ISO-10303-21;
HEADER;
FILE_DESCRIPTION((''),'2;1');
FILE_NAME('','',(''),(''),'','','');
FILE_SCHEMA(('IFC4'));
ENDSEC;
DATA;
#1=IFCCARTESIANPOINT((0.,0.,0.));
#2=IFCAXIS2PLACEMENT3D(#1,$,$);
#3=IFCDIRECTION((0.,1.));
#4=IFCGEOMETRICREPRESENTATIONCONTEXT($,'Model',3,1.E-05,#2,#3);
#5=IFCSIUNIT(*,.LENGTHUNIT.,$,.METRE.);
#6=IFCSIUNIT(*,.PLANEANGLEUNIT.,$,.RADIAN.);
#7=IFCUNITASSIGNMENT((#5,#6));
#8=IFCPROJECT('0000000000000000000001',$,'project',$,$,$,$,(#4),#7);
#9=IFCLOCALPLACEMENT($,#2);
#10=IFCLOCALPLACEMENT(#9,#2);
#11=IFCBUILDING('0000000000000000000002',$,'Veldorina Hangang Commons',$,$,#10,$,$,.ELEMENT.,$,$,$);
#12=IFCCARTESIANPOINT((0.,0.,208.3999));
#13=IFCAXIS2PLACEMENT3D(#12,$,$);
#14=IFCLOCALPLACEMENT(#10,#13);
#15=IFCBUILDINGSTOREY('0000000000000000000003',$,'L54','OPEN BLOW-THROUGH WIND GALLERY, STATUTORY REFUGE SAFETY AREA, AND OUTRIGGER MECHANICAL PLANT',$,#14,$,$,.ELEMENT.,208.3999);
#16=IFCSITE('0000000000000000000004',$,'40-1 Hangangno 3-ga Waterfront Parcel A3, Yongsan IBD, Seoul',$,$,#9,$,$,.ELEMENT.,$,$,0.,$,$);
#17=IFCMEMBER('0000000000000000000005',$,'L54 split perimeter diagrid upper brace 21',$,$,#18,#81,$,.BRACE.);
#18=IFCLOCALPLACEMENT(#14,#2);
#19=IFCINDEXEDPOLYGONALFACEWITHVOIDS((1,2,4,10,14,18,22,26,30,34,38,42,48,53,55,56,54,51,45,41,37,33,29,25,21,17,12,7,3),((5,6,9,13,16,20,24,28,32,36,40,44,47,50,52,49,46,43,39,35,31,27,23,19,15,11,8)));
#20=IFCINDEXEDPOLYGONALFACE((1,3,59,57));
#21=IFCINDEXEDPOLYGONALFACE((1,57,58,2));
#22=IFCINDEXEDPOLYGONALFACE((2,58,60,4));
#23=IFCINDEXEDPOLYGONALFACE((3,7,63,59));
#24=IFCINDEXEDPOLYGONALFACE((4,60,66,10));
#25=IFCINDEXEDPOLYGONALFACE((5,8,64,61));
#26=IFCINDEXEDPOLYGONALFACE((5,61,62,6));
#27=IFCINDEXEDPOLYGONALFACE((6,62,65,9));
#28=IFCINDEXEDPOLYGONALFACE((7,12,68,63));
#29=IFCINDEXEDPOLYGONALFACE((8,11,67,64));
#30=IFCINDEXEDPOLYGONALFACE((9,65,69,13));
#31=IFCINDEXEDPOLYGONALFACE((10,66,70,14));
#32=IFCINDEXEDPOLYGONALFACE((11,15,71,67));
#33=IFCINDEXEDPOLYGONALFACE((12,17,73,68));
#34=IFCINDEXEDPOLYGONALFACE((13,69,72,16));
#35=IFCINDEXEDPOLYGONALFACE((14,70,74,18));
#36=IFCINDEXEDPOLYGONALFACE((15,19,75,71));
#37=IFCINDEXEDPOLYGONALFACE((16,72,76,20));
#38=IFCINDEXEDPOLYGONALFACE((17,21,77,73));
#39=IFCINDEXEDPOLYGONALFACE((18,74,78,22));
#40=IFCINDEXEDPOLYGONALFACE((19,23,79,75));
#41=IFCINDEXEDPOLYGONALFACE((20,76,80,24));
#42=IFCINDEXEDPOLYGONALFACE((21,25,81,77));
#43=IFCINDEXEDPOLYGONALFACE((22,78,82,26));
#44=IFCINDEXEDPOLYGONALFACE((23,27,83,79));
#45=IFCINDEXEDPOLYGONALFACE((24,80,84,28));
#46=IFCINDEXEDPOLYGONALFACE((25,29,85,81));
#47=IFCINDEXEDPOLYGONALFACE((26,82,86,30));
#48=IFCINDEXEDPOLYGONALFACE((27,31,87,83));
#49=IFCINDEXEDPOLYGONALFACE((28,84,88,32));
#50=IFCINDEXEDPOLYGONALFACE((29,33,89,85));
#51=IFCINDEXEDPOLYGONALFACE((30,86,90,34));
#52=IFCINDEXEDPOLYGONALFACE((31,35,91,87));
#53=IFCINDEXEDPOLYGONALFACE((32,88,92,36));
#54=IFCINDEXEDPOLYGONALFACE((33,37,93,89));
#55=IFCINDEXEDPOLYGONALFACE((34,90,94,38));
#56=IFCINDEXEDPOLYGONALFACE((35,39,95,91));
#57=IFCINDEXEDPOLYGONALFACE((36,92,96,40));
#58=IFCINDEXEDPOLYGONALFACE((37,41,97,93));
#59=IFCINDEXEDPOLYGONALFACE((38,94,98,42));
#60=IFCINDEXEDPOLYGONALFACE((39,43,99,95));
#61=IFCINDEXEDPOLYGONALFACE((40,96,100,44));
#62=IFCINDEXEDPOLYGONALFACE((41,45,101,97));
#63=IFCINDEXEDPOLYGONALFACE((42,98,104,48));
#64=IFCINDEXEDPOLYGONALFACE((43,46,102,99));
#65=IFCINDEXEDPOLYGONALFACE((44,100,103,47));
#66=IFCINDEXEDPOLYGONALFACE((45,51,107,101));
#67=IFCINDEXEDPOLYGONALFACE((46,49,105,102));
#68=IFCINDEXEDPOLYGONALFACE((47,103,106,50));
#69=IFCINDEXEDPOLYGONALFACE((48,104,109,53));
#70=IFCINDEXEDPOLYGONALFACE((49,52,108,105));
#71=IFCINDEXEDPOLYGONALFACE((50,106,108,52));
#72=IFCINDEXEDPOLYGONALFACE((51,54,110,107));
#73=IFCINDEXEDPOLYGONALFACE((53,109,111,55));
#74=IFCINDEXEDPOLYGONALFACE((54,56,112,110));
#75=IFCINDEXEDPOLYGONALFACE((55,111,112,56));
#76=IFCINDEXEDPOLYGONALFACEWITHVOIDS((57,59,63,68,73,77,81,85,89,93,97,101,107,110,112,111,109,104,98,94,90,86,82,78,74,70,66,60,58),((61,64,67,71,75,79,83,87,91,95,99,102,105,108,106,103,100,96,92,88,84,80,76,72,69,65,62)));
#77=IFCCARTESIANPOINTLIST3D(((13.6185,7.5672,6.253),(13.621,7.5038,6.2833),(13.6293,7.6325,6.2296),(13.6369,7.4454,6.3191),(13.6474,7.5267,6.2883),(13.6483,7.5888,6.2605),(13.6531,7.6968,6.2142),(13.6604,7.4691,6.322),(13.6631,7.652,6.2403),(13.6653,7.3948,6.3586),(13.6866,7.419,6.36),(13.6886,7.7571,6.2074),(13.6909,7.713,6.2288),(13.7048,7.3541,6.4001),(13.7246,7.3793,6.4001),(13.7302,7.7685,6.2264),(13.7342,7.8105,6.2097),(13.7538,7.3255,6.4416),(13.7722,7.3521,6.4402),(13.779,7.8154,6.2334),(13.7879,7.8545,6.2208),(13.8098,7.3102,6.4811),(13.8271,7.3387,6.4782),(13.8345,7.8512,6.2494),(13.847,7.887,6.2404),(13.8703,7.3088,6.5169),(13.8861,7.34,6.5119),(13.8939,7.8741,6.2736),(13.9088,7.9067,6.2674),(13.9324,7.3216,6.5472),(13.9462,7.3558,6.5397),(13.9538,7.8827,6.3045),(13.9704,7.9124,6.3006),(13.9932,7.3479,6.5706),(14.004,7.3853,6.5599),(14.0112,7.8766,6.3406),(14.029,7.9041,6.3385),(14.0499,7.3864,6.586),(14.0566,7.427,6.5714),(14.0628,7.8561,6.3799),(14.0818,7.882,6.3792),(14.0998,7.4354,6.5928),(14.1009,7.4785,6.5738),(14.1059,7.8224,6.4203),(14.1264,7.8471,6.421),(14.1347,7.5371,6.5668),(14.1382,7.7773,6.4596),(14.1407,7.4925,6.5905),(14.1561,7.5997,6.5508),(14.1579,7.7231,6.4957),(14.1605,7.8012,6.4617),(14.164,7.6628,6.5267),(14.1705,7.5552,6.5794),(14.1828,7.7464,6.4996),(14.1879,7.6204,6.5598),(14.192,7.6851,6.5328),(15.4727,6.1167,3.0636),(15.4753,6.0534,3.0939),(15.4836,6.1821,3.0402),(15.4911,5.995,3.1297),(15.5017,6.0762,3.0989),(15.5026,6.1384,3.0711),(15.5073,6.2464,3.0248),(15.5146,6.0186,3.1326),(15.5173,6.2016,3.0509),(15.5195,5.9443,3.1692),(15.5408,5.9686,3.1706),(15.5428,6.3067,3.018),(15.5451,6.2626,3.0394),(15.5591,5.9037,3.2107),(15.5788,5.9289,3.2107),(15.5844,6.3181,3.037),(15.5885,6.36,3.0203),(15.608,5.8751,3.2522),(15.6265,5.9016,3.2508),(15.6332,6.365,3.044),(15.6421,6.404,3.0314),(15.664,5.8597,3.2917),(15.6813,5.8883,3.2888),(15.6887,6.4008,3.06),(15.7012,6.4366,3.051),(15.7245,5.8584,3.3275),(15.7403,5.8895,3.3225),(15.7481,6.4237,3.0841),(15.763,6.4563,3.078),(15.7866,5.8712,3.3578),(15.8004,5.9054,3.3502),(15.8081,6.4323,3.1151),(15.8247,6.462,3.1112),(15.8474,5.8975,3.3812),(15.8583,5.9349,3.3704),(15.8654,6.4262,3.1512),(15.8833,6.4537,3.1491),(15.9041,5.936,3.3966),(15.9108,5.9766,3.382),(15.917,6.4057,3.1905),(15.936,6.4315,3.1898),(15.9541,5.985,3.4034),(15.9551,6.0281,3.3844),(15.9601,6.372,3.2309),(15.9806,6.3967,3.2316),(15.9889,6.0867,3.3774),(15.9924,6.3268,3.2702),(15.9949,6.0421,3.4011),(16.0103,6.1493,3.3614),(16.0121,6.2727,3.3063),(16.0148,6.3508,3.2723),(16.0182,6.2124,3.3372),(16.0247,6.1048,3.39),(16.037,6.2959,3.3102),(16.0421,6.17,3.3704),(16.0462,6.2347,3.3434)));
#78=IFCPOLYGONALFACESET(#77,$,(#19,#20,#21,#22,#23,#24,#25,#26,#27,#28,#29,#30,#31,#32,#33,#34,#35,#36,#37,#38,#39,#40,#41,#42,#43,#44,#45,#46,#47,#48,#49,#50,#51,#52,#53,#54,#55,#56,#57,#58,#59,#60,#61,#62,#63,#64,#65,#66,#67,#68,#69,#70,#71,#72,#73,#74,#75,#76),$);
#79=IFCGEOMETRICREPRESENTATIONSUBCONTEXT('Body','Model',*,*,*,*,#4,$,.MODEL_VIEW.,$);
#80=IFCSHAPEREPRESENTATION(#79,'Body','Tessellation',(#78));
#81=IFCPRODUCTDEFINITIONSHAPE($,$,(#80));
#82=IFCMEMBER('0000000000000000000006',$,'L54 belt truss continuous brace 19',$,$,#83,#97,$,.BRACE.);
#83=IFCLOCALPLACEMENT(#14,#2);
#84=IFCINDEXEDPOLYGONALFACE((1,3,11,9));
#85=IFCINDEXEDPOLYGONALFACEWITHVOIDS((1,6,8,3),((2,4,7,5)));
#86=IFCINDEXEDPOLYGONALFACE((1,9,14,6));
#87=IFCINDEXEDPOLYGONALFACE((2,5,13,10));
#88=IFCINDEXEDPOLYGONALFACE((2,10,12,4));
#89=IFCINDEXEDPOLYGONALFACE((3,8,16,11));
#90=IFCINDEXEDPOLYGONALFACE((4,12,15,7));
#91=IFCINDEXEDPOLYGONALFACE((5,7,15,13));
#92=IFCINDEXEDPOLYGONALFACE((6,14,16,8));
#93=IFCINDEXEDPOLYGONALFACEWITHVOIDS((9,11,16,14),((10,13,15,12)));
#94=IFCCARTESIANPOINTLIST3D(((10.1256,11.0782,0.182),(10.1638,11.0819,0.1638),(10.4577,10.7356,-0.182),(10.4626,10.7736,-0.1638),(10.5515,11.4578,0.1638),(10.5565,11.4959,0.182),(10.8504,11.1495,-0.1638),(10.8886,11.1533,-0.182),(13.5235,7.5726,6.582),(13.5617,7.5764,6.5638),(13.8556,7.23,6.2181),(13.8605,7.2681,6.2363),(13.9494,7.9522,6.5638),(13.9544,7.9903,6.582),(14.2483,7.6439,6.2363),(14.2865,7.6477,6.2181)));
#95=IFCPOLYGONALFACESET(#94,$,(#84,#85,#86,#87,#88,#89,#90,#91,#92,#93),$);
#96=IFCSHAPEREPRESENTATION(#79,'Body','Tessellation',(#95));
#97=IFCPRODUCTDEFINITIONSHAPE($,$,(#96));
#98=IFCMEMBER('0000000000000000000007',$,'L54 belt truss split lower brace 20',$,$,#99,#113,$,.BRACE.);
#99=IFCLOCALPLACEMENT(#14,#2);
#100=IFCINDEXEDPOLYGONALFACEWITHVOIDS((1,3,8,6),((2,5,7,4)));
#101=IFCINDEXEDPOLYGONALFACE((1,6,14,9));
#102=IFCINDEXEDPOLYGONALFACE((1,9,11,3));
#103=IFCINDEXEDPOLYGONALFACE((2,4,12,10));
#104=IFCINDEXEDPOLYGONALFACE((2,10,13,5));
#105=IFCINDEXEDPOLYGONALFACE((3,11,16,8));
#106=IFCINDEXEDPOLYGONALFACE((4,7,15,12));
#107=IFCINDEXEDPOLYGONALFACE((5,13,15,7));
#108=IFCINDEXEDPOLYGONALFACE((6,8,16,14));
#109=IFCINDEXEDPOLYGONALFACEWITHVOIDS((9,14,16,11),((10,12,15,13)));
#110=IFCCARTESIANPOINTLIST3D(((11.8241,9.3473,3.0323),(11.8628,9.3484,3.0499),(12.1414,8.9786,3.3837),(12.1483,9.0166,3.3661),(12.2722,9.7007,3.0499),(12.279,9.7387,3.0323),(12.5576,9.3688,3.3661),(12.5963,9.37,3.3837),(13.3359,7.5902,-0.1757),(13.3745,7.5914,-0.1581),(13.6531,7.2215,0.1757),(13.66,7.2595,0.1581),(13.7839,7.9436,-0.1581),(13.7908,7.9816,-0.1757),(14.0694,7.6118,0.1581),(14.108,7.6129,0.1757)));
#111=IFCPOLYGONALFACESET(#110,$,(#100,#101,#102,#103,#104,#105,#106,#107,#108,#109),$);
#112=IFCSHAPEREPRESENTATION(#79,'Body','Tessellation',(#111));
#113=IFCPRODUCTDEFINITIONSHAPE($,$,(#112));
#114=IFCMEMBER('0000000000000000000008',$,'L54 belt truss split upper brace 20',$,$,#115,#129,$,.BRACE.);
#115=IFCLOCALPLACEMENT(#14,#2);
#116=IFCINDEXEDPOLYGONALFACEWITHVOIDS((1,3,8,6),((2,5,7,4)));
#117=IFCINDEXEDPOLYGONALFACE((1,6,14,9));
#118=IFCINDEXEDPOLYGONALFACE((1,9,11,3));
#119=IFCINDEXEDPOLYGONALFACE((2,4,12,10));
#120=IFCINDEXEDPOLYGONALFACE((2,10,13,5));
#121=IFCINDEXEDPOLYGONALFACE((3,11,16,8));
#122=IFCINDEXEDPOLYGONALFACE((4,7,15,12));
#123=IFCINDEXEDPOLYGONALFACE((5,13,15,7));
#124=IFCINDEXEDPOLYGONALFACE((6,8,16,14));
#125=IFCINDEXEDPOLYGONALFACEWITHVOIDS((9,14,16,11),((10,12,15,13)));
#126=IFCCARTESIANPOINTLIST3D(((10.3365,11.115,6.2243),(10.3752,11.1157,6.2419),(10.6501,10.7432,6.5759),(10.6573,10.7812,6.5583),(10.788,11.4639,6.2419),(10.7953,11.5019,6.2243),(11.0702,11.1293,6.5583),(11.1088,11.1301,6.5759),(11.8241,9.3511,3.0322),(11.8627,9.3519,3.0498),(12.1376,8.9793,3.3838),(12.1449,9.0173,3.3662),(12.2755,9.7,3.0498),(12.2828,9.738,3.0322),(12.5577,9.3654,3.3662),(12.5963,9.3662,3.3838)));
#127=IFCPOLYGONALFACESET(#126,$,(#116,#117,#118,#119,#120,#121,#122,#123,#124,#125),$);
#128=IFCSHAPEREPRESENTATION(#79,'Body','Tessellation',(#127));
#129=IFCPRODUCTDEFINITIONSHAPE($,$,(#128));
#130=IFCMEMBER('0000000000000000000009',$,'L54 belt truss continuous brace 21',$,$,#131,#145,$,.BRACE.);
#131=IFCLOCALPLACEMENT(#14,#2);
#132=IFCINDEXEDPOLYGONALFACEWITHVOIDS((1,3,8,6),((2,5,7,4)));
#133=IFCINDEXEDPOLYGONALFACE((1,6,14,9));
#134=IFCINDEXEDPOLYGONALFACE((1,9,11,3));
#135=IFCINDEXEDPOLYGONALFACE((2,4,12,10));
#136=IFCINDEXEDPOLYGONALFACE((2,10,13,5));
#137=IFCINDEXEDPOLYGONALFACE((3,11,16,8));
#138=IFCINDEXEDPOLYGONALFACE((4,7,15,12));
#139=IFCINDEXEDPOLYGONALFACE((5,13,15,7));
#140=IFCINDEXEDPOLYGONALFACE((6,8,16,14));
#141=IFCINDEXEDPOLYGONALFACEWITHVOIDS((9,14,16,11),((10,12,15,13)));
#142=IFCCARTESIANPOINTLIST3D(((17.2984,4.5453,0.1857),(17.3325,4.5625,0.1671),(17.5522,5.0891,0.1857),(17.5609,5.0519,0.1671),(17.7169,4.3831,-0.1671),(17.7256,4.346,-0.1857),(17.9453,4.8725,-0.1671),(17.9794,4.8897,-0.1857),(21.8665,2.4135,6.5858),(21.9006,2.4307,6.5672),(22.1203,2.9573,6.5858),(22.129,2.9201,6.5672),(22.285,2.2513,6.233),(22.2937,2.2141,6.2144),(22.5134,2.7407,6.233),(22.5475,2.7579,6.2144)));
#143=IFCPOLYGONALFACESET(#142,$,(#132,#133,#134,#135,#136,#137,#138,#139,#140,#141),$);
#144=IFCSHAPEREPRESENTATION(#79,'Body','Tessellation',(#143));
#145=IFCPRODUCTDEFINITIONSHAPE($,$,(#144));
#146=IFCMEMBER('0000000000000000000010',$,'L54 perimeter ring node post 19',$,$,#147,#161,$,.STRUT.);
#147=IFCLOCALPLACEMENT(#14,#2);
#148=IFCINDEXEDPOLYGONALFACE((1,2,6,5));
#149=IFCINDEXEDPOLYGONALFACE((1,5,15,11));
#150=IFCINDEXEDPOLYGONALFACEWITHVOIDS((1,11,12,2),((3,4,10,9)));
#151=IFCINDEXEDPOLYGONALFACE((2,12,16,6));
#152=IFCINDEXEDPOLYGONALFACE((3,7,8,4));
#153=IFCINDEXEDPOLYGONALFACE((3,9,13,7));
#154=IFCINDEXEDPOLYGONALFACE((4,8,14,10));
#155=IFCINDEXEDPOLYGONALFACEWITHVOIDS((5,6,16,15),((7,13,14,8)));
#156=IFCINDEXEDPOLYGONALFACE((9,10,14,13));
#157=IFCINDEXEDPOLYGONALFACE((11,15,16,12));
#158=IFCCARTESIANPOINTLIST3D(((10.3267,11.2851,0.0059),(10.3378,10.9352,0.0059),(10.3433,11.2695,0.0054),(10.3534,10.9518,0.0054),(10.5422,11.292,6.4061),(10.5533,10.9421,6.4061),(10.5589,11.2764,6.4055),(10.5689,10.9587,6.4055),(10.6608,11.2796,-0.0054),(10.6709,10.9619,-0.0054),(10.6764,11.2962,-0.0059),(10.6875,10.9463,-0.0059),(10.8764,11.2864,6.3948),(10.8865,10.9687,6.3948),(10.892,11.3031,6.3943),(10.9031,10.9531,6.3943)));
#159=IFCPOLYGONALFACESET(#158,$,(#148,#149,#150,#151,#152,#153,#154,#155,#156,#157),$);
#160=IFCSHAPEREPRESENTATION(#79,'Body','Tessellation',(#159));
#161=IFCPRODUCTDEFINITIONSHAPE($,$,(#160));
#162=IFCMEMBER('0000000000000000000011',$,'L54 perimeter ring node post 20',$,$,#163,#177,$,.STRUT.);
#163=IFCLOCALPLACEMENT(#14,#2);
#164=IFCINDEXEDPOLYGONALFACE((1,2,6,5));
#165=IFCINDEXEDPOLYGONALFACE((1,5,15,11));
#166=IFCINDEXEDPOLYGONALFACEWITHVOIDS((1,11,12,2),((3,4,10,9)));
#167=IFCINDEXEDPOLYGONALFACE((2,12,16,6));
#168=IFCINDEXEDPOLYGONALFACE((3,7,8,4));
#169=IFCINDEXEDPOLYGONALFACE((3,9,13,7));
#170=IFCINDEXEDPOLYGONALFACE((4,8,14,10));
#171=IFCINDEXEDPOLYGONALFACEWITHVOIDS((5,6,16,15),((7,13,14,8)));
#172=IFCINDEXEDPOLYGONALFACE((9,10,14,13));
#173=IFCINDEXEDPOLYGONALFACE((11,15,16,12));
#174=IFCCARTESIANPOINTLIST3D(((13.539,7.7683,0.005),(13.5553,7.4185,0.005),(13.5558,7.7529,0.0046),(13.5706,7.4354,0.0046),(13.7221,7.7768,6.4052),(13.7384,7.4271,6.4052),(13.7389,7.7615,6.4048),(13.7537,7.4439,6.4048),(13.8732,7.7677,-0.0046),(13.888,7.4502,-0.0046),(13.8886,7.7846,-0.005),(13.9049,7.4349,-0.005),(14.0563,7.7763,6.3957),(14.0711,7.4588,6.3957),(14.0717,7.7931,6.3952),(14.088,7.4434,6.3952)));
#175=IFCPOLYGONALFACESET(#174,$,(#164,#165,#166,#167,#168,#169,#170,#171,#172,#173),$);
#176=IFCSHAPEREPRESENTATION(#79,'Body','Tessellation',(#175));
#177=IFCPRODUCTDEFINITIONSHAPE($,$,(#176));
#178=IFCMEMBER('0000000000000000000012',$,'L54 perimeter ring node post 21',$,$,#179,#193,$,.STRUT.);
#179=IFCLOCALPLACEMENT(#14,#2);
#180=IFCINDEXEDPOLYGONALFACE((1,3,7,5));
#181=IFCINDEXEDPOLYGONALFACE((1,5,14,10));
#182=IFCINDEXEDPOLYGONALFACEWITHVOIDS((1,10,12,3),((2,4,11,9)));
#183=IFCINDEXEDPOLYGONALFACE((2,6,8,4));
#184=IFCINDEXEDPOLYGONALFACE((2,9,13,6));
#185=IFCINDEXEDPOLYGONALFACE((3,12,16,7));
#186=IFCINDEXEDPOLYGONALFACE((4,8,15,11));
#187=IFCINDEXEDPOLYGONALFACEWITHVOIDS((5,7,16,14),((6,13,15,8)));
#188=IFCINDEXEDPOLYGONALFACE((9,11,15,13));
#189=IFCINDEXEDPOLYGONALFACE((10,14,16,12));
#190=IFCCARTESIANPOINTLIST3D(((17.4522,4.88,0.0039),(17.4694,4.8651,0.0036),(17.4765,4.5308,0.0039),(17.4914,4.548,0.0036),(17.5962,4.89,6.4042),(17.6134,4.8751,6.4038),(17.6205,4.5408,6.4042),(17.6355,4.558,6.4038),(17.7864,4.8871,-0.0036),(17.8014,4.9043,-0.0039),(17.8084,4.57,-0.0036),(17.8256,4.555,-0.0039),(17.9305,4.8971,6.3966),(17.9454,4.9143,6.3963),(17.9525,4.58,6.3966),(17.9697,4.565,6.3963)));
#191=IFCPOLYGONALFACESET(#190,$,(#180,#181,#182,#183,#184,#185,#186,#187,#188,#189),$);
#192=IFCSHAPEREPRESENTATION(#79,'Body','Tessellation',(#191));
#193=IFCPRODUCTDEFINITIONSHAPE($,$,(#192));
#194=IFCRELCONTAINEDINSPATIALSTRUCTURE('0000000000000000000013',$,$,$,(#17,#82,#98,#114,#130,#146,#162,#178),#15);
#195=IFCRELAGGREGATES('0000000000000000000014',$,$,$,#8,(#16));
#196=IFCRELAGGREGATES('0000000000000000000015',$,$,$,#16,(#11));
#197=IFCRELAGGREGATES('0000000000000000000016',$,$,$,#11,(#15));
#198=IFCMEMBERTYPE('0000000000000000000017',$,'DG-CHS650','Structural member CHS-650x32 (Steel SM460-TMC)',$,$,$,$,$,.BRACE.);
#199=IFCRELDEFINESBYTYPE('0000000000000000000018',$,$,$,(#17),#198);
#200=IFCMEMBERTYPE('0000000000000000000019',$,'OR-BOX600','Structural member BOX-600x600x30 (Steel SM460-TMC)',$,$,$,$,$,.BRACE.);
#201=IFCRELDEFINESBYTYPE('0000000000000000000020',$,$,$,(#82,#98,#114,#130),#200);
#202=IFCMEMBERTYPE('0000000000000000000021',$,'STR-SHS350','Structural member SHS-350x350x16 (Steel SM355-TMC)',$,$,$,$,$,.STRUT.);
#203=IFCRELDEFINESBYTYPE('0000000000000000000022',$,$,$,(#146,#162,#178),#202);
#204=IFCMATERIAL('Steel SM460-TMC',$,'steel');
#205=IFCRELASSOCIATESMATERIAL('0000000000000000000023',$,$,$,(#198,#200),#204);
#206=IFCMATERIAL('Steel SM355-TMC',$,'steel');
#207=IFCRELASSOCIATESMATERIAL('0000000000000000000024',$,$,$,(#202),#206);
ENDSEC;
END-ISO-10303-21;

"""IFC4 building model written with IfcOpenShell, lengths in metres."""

from ifc_helpers import new_model, si_unit, direction, frame, origin, origin_2d, place, context, subcontext, project, spatial, hollow_rectangle, hollow_circle, extrude, material, material_profile, profile_set, type_object, element, save


model = new_model("IFC4")

# Units and contexts
model_context = context("Model", 3, precision=1e-05, world=origin(), true_north=direction((0.0, 1.0)))
body_context = subcontext(model_context, "Body", "Model", "MODEL_VIEW")
ifc_project = project(units=[si_unit("LENGTHUNIT", "METRE"), si_unit("PLANEANGLEUNIT", "RADIAN")], contexts=[model_context])

# Site, building, storey
site_placement = place(None, origin())
site = spatial("IfcSite", under=ifc_project, at=site_placement, Name="40-1 Hangangno 3-ga Waterfront Parcel A3, Yongsan IBD, Seoul", CompositionType="ELEMENT", RefElevation=0.0)
building_placement = place(site_placement, origin())
building = spatial("IfcBuilding", under=site, at=building_placement, Name="Veldorina Hangang Commons", CompositionType="ELEMENT")
storey_placement = place(building_placement, frame((0.0, 0.0, 208.3999)))
storey = spatial("IfcBuildingStorey", under=building, at=storey_placement, Name="L54", Description="OPEN BLOW-THROUGH WIND GALLERY, STATUTORY REFUGE SAFETY AREA, AND OUTRIGGER MECHANICAL PLANT", CompositionType="ELEMENT", Elevation=208.3999)

# Shared definitions
ifc_material_1 = material(Name="Steel SM460-TMC", Category="steel")

# Members
ifc_material_profile_1 = material_profile(ifc_material_1, hollow_circle(Radius=0.325, WallThickness=0.032, at=origin_2d()), Name="CHS-650x32")
ifc_profile_set_1 = profile_set([ifc_material_profile_1], Name="Steel SM460-TMC")
member_type_1 = type_object("IfcMemberType", Name="DG-CHS650", Description="Structural member CHS-650x32 (Steel SM460-TMC)", PredefinedType="BRACE", material=ifc_profile_set_1)
member_1_placement = place(storey_placement, frame((15.7593, 6.1597, 3.2107), z_axis=(-0.467752, 0.365888, 0.804571), x_axis=(-0.616121, -0.787652, 0.0)))
element("IfcMember", 1, at=member_1_placement, inside=storey, type_object=member_type_1, Name="L54 split perimeter diagrid upper brace 21", PredefinedType="BRACE", context=body_context, shape_type="SweptSolid", body=[
    extrude(hollow_circle(Radius=0.325, WallThickness=0.032, at=origin_2d()), origin(), (0.0, 0.0, 1.0), 3.9641),
])
ifc_material_profile_2 = material_profile(ifc_material_1, hollow_rectangle(XDim=0.6001, YDim=0.6001, WallThickness=0.03, at=origin_2d()), Name="BOX-600x600x30")
ifc_profile_set_2 = profile_set([ifc_material_profile_2], Name="Steel SM460-TMC")
member_type_2 = type_object("IfcMemberType", Name="OR-BOX600", Description="Structural member BOX-600x600x30 (Steel SM460-TMC)", PredefinedType="BRACE", material=ifc_profile_set_2)
member_2_placement = place(storey_placement, frame((10.5071, 11.1157, 0.0), z_axis=(0.422123, -0.435498, 0.795081), x_axis=(0.718047, 0.695994, 0.0)))
element("IfcMember", 2, at=member_2_placement, inside=storey, type_object=member_type_2, Name="L54 belt truss continuous brace 19", PredefinedType="BRACE", context=body_context, shape_type="SweptSolid", body=[
    extrude(hollow_rectangle(XDim=0.6001, YDim=0.6001, WallThickness=0.03, at=origin_2d()), origin(), (0.0, 0.0, 1.0), 8.0496),
])
member_3_placement = place(storey_placement, frame((13.7219, 7.6016, 0.0), z_axis=(-0.381962, 0.443957, 0.81056), x_axis=(-0.758051, -0.652195, 0.0)))
element("IfcMember", 3, at=member_3_placement, inside=storey, type_object=member_type_2, Name="L54 belt truss split lower brace 20", PredefinedType="BRACE", context=body_context, shape_type="SweptSolid", body=[
    extrude(hollow_rectangle(XDim=0.6001, YDim=0.6001, WallThickness=0.03, at=origin_2d()), origin(), (0.0, 0.0, 1.0), 3.9578),
])
member_4_placement = place(storey_placement, frame((12.2102, 9.3586, 3.208), z_axis=(-0.377668, 0.447834, 0.810439), x_axis=(-0.764453, -0.64468, 0.0)))
element("IfcMember", 4, at=member_4_placement, inside=storey, type_object=member_type_2, Name="L54 belt truss split upper brace 20", PredefinedType="BRACE", context=body_context, shape_type="SweptSolid", body=[
    extrude(hollow_rectangle(XDim=0.6001, YDim=0.6001, WallThickness=0.03, at=origin_2d()), origin(), (0.0, 0.0, 1.0), 3.9387),
])
member_5_placement = place(storey_placement, frame((17.6389, 4.7175, 0.0), z_axis=(0.560709, -0.26167, 0.785579), x_axis=(0.422893, 0.906179, 0.0)))
element("IfcMember", 5, at=member_5_placement, inside=storey, type_object=member_type_2, Name="L54 belt truss continuous brace 21", PredefinedType="BRACE", context=body_context, shape_type="SweptSolid", body=[
    extrude(hollow_rectangle(XDim=0.6001, YDim=0.6001, WallThickness=0.03, at=origin_2d()), origin(), (0.0, 0.0, 1.0), 8.147),
])
ifc_material_2 = material(Name="Steel SM355-TMC", Category="steel")
ifc_material_profile_3 = material_profile(ifc_material_2, hollow_rectangle(XDim=0.3501, YDim=0.3501, WallThickness=0.0161, at=origin_2d()), Name="SHS-350x350x16")
ifc_profile_set_3 = profile_set([ifc_material_profile_3], Name="Steel SM355-TMC")
member_type_3 = type_object("IfcMemberType", Name="STR-SHS350", Description="Structural member SHS-350x350x16 (Steel SM355-TMC)", PredefinedType="STRUT", material=ifc_profile_set_3)
member_6_placement = place(storey_placement, frame((10.5071, 11.1157, 0.0), z_axis=(0.033664, 0.001067, 0.999433), x_axis=(-0.031694, 0.999498, 0.0)))
element("IfcMember", 6, at=member_6_placement, inside=storey, type_object=member_type_3, Name="L54 perimeter ring node post 19", PredefinedType="STRUT", context=body_context, shape_type="SweptSolid", body=[
    extrude(hollow_rectangle(XDim=0.3501, YDim=0.3501, WallThickness=0.0161, at=origin_2d()), origin(), (0.0, 0.0, 1.0), 6.4038),
])
member_7_placement = place(storey_placement, frame((13.7219, 7.6016, 0.0), z_axis=(0.028598, 0.001335, 0.99959), x_axis=(-0.046616, 0.998913, 0.0)))
element("IfcMember", 7, at=member_7_placement, inside=storey, type_object=member_type_3, Name="L54 perimeter ring node post 20", PredefinedType="STRUT", context=body_context, shape_type="SweptSolid", body=[
    extrude(hollow_rectangle(XDim=0.3501, YDim=0.3501, WallThickness=0.0161, at=origin_2d()), origin(), (0.0, 0.0, 1.0), 6.4028),
])
member_8_placement = place(storey_placement, frame((17.6389, 4.7175, 0.0), z_axis=(0.0225, 0.001564, 0.999746), x_axis=(-0.069324, 0.997594, 0.0)))
element("IfcMember", 8, at=member_8_placement, inside=storey, type_object=member_type_3, Name="L54 perimeter ring node post 21", PredefinedType="STRUT", context=body_context, shape_type="SweptSolid", body=[
    extrude(hollow_rectangle(XDim=0.3501, YDim=0.3501, WallThickness=0.0161, at=origin_2d()), origin(), (0.0, 0.0, 1.0), 6.4019),
])

save(model, "model.ifc")
